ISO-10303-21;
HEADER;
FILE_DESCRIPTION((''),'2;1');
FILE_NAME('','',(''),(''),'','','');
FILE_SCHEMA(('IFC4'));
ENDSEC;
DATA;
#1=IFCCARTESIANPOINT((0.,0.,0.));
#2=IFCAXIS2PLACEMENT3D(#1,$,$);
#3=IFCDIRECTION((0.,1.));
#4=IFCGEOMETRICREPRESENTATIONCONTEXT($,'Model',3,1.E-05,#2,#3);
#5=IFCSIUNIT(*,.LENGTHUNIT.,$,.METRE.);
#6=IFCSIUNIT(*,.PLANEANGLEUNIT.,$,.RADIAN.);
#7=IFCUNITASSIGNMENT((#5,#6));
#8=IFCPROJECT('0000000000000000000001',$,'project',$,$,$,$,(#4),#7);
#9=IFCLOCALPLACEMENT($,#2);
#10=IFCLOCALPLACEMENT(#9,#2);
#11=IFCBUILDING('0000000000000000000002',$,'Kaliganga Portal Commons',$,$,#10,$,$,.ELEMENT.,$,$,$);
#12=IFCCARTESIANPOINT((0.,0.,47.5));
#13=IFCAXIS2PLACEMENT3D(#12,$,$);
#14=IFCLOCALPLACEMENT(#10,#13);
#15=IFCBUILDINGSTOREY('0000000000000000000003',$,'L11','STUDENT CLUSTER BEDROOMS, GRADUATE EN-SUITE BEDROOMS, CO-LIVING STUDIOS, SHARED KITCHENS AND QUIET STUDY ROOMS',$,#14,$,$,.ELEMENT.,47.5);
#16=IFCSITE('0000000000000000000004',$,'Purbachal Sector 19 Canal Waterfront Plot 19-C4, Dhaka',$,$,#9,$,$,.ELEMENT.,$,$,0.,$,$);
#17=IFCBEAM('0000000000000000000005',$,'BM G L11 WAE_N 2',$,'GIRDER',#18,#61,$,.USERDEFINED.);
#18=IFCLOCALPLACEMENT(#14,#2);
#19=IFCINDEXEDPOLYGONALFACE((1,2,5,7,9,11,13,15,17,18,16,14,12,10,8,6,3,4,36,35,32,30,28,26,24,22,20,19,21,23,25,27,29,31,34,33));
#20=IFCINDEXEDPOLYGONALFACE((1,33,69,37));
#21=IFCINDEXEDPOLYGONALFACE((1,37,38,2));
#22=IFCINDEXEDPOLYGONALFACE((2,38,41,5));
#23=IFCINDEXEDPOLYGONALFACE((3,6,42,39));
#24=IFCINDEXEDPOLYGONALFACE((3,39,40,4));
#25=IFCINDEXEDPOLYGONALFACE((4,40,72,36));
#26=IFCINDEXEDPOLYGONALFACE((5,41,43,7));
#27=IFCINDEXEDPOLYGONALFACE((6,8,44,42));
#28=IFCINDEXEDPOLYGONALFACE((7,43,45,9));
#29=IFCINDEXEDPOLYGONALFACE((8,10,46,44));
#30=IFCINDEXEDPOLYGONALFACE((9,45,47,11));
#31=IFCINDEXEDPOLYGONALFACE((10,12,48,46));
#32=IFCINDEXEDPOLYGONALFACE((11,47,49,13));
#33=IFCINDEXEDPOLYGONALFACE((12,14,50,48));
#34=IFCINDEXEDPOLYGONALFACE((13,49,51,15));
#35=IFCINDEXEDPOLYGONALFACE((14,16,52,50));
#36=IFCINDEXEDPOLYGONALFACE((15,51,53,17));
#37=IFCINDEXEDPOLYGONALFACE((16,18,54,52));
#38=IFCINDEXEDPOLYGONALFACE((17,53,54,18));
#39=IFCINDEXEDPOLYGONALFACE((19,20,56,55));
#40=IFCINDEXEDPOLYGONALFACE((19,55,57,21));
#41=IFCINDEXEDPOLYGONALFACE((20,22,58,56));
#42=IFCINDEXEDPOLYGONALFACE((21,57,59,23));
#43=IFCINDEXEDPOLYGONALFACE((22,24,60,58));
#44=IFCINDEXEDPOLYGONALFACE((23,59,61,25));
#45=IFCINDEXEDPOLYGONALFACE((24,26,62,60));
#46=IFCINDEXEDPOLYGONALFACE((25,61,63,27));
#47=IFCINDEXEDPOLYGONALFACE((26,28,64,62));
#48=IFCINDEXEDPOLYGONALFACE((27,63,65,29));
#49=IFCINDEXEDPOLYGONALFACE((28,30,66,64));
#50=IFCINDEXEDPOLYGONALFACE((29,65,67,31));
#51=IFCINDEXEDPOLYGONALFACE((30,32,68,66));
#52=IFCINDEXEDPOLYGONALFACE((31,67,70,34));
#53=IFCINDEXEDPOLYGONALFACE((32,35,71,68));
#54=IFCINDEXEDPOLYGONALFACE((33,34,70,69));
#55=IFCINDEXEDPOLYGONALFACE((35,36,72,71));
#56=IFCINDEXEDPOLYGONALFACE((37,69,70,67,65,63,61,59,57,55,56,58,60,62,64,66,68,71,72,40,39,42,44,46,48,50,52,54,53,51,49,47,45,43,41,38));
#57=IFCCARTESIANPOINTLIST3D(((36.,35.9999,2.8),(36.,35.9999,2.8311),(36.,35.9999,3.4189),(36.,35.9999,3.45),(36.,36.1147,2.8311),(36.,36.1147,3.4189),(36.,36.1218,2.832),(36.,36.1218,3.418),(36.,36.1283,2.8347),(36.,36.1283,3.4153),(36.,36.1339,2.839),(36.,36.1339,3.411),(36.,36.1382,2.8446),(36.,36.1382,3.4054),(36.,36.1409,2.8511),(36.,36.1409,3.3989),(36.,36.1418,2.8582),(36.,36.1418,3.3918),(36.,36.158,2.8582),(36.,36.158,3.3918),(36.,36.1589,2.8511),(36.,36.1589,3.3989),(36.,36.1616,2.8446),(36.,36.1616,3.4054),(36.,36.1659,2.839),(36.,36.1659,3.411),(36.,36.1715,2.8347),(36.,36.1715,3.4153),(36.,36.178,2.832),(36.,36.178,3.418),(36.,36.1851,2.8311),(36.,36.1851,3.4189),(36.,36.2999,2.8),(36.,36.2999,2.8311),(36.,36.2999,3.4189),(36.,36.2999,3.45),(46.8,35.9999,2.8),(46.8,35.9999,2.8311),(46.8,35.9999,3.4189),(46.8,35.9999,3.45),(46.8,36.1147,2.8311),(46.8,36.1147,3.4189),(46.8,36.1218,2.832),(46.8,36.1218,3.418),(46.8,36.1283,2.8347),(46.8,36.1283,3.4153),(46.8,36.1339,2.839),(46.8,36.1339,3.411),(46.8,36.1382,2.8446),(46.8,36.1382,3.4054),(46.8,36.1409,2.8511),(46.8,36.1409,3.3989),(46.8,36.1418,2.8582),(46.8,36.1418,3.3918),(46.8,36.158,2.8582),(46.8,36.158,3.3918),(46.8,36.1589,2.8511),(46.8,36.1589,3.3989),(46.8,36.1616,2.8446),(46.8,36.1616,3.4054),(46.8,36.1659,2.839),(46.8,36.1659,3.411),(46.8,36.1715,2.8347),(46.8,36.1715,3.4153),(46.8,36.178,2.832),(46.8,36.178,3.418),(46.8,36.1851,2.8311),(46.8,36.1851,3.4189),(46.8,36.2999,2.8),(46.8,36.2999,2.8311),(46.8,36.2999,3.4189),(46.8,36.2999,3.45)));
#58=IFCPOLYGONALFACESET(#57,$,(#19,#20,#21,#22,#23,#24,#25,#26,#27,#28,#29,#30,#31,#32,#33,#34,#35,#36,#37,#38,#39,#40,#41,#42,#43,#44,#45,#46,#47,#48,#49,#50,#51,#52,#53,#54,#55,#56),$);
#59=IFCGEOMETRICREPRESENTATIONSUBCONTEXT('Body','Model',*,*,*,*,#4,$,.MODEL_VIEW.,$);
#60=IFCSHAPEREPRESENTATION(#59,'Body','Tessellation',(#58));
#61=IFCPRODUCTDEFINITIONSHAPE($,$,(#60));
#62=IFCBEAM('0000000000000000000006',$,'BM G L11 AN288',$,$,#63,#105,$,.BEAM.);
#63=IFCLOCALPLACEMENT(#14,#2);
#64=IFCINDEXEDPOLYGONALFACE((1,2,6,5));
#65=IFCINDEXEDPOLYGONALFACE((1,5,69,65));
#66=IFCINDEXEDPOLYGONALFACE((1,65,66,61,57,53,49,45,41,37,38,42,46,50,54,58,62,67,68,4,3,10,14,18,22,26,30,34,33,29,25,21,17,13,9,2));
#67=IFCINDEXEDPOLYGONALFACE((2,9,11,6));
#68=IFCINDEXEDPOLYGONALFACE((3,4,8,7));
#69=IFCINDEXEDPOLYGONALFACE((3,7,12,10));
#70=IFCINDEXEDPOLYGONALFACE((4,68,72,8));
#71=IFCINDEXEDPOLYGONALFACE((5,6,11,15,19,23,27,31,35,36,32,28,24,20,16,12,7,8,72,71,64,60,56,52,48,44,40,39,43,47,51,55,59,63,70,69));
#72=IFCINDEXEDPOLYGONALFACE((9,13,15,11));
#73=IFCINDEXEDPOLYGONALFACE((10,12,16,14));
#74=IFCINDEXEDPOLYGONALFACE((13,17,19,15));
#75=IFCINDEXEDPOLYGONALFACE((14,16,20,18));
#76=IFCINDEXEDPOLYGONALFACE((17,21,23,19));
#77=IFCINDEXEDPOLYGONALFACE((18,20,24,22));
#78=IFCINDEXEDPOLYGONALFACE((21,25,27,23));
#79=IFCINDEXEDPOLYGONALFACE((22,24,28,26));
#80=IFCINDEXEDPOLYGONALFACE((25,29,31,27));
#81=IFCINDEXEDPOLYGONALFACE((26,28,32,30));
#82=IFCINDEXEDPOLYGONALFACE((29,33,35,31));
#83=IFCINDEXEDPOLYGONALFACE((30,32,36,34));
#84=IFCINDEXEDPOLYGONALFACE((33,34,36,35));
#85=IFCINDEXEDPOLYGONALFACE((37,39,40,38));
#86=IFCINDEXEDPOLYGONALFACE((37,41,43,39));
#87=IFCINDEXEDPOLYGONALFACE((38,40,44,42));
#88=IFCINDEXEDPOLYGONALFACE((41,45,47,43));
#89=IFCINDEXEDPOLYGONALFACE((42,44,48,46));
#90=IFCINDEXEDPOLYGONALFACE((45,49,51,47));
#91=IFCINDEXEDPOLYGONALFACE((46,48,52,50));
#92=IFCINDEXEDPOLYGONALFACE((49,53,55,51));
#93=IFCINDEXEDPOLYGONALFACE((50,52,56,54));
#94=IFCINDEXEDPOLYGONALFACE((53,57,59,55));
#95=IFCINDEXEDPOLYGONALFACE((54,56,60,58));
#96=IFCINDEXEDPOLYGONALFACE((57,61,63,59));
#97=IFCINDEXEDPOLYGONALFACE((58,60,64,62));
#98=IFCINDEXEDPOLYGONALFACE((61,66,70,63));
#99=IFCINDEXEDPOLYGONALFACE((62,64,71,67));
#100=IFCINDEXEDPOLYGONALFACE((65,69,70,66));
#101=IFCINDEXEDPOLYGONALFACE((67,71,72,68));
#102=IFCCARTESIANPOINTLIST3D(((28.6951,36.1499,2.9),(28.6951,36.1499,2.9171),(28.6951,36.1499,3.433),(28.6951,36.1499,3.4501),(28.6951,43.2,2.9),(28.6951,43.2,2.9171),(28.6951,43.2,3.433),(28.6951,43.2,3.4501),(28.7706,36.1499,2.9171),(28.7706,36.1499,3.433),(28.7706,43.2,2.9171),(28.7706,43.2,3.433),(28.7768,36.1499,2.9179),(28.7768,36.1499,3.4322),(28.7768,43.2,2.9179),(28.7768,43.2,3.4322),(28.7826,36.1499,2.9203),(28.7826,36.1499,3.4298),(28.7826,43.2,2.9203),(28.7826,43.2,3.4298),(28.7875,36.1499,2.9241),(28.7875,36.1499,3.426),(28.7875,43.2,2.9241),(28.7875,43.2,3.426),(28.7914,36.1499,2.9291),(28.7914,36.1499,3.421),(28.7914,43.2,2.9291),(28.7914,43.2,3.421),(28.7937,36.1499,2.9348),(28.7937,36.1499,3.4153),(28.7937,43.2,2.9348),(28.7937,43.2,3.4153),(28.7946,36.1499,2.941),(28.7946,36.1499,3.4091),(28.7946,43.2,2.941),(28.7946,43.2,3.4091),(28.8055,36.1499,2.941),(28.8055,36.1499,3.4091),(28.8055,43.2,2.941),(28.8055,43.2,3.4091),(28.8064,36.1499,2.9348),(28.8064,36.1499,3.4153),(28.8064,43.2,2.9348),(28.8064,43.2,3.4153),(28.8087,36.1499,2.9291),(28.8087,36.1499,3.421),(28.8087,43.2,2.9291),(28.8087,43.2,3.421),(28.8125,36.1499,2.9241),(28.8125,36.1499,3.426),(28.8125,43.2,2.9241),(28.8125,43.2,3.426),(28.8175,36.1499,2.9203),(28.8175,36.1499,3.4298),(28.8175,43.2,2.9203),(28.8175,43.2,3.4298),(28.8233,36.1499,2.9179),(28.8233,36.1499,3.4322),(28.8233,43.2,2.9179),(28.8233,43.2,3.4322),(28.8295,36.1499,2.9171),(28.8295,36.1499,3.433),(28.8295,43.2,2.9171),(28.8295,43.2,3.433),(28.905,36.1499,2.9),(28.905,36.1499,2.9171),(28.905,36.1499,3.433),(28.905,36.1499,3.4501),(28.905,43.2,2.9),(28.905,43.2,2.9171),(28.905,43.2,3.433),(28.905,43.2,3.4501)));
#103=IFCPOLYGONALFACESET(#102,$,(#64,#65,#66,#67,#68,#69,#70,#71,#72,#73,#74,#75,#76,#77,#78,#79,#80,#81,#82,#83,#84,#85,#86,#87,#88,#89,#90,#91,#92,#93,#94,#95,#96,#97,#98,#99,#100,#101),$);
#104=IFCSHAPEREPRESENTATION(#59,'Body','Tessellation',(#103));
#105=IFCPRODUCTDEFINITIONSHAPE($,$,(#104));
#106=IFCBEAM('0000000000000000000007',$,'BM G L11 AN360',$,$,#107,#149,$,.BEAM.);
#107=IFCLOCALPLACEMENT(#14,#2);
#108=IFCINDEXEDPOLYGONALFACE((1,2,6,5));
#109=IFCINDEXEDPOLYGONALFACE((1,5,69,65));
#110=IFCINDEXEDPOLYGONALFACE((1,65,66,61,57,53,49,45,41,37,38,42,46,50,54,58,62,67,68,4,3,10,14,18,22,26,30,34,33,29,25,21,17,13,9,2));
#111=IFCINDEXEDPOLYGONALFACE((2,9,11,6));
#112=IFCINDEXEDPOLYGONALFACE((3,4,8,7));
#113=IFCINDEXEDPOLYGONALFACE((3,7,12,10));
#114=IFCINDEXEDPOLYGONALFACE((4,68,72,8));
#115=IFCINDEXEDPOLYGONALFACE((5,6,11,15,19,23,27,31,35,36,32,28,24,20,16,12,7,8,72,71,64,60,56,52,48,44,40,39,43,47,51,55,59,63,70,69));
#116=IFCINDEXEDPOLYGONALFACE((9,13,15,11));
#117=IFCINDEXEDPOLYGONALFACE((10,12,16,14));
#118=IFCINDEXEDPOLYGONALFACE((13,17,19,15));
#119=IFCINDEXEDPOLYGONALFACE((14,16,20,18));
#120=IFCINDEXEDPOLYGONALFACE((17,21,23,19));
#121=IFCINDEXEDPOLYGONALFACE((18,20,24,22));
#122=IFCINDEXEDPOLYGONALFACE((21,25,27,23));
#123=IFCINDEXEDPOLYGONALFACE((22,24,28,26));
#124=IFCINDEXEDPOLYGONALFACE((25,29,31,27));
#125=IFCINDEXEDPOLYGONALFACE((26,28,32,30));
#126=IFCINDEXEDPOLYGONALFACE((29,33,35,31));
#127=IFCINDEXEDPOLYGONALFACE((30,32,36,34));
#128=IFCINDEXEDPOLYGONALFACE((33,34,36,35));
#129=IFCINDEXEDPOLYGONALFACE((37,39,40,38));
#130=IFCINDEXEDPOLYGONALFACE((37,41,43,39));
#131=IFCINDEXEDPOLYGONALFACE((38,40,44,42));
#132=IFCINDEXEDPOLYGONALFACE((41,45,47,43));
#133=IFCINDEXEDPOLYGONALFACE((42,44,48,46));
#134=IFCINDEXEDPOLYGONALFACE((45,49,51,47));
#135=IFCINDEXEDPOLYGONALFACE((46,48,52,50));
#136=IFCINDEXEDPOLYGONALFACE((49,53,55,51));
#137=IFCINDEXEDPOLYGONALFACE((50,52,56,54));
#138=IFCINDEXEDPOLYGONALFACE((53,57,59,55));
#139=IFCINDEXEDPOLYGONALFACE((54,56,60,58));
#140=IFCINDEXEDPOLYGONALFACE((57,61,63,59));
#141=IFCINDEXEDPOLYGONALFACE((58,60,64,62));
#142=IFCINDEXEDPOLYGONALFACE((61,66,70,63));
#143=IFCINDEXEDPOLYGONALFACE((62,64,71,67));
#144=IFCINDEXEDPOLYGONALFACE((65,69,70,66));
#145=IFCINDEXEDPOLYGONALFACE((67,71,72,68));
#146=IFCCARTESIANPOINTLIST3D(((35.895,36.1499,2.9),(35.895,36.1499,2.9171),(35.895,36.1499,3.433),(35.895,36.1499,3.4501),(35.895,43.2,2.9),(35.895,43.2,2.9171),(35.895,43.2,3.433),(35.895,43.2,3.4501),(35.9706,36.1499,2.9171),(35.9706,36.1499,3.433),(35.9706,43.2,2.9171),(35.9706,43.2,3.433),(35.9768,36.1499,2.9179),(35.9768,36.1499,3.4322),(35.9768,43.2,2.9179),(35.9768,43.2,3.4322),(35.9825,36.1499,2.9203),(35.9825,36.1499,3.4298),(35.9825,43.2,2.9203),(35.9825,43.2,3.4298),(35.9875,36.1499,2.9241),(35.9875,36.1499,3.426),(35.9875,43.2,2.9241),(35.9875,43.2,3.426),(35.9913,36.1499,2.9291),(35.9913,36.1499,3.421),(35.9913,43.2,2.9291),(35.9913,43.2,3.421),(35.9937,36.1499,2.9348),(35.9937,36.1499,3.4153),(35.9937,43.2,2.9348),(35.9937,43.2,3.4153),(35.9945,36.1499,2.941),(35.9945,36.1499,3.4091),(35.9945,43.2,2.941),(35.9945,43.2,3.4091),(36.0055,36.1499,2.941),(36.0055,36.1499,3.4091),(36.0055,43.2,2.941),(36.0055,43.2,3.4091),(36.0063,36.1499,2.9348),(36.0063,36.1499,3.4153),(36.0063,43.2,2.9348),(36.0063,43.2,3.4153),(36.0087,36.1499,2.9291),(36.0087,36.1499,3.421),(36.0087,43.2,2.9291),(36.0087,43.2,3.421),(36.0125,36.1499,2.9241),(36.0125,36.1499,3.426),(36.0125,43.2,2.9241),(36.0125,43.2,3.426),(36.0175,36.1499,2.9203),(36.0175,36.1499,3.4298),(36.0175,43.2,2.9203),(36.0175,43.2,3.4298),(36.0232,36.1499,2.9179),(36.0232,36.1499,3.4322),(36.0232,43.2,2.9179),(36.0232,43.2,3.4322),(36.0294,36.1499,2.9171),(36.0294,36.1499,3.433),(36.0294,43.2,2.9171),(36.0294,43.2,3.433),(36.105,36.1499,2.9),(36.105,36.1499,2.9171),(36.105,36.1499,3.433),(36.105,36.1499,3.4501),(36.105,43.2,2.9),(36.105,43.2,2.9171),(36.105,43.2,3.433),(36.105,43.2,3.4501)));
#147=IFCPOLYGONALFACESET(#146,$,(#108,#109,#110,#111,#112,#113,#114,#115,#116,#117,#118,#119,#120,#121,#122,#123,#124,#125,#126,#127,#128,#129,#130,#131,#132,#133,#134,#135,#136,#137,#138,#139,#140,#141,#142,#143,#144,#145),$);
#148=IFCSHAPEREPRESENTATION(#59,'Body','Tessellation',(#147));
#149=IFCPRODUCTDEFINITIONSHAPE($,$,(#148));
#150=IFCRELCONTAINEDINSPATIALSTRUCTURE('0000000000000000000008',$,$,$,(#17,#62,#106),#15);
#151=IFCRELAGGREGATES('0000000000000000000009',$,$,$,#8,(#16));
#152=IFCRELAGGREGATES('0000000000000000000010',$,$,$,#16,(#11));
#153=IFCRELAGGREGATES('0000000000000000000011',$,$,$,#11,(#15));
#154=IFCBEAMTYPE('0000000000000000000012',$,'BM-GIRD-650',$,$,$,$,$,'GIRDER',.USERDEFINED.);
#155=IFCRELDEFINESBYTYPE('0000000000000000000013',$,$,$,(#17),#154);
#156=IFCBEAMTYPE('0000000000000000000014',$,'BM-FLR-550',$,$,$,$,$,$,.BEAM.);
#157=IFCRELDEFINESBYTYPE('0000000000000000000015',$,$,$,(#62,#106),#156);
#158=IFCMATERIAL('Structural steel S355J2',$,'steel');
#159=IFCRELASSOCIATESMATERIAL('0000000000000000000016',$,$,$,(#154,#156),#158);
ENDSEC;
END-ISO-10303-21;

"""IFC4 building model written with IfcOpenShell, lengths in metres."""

from ifc_helpers import new_model, si_unit, direction, frame, origin, origin_2d, place, context, subcontext, project, spatial, i_section, extrude, source, transform, mapped, material, material_profile, profile_set, type_object, element, save


model = new_model("IFC4")

# Units and contexts
model_context = context("Model", 3, precision=1e-05, world=origin(), true_north=direction((0.0, 1.0)))
body_context = subcontext(model_context, "Body", "Model", "MODEL_VIEW")
ifc_project = project(units=[si_unit("LENGTHUNIT", "METRE"), si_unit("PLANEANGLEUNIT", "RADIAN")], contexts=[model_context])

# Site, building, storey
site_placement = place(None, origin())
site = spatial("IfcSite", under=ifc_project, at=site_placement, Name="Purbachal Sector 19 Canal Waterfront Plot 19-C4, Dhaka", CompositionType="ELEMENT", RefElevation=0.0)
building_placement = place(site_placement, origin())
building = spatial("IfcBuilding", under=site, at=building_placement, Name="Kaliganga Portal Commons", CompositionType="ELEMENT")
storey_placement = place(building_placement, frame((0.0, 0.0, 47.5)))
storey = spatial("IfcBuildingStorey", under=building, at=storey_placement, Name="L11", Description="STUDENT CLUSTER BEDROOMS, GRADUATE EN-SUITE BEDROOMS, CO-LIVING STUDIOS, SHARED KITCHENS AND QUIET STUDY ROOMS", CompositionType="ELEMENT", Elevation=47.5)

# Beams
ifc_material_1 = material(Name="Structural steel S355J2", Category="steel")
ifc_material_profile_1 = material_profile(ifc_material_1, i_section(OverallWidth=0.3, OverallDepth=0.6499, WebThickness=0.0161, FlangeThickness=0.031, FilletRadius=0.0271, at=origin_2d()), Name="HE 650 B")
ifc_profile_set_1 = profile_set([ifc_material_profile_1], Name="Structural steel S355J2 wide-flange")
beam_type_1 = type_object("IfcBeamType", Name="BM-GIRD-650", ElementType="GIRDER", PredefinedType="USERDEFINED", material=ifc_profile_set_1)
shared_shape_1 = source(origin(), body_context, "Body", "SweptSolid", [
    extrude(i_section(OverallWidth=0.3, OverallDepth=0.6499, WebThickness=0.0161, FlangeThickness=0.031, FilletRadius=0.0271, at=origin_2d()), origin(), (0.0, 0.0, 1.0), 10.8),
])
beam_1_placement = place(storey_placement, frame((36.0, 36.1499, 3.125), z_axis=(1.0, 0.0, 0.0), x_axis=(0.0, 1.0, 0.0)))
element("IfcBeam", 1, at=beam_1_placement, inside=storey, type_object=beam_type_1, Name="BM G L11 WAE_N 2", ObjectType="GIRDER", PredefinedType="USERDEFINED", context=body_context, shape_type="MappedRepresentation", body=[
    mapped(shared_shape_1, transform((0.0, 0.0, 0.0), x_axis=(1.0, 0.0, 0.0), y_axis=(0.0, 1.0, 0.0), z_axis=(0.0, 0.0, 1.0), scale=1.0)),
])
ifc_material_profile_2 = material_profile(ifc_material_1, i_section(OverallWidth=0.21, OverallDepth=0.55, WebThickness=0.011, FlangeThickness=0.0171, FilletRadius=0.0239, at=origin_2d()), Name="IPE 550")
ifc_profile_set_2 = profile_set([ifc_material_profile_2], Name="Structural steel S355J2 wide-flange")
beam_type_2 = type_object("IfcBeamType", Name="BM-FLR-550", PredefinedType="BEAM", material=ifc_profile_set_2)
shared_shape_2 = source(origin(), body_context, "Body", "SweptSolid", [
    extrude(i_section(OverallWidth=0.21, OverallDepth=0.55, WebThickness=0.011, FlangeThickness=0.0171, FilletRadius=0.0239, at=origin_2d()), origin(), (0.0, 0.0, 1.0), 7.05),
])
for number, where, z_axis, x_axis, name in (
    (2, (28.8, 36.1499, 3.175), (0.0, 1.0, 0.0), (-1.0, 0.0, 0.0), "BM G L11 AN288"),
    (3, (36.0, 36.1499, 3.175), (0.0, 1.0, 0.0), (-1.0, 0.0, 0.0), "BM G L11 AN360"),
):
    element("IfcBeam", number, at=place(storey_placement, frame(where, z_axis=z_axis, x_axis=x_axis)), inside=storey, type_object=beam_type_2, Name=name, PredefinedType="BEAM", context=body_context, shape_type="MappedRepresentation", body=[
        mapped(shared_shape_2, transform((0.0, 0.0, 0.0), x_axis=(1.0, 0.0, 0.0), y_axis=(0.0, 1.0, 0.0), z_axis=(0.0, 0.0, 1.0), scale=1.0)),
    ])

save(model, "model.ifc")
